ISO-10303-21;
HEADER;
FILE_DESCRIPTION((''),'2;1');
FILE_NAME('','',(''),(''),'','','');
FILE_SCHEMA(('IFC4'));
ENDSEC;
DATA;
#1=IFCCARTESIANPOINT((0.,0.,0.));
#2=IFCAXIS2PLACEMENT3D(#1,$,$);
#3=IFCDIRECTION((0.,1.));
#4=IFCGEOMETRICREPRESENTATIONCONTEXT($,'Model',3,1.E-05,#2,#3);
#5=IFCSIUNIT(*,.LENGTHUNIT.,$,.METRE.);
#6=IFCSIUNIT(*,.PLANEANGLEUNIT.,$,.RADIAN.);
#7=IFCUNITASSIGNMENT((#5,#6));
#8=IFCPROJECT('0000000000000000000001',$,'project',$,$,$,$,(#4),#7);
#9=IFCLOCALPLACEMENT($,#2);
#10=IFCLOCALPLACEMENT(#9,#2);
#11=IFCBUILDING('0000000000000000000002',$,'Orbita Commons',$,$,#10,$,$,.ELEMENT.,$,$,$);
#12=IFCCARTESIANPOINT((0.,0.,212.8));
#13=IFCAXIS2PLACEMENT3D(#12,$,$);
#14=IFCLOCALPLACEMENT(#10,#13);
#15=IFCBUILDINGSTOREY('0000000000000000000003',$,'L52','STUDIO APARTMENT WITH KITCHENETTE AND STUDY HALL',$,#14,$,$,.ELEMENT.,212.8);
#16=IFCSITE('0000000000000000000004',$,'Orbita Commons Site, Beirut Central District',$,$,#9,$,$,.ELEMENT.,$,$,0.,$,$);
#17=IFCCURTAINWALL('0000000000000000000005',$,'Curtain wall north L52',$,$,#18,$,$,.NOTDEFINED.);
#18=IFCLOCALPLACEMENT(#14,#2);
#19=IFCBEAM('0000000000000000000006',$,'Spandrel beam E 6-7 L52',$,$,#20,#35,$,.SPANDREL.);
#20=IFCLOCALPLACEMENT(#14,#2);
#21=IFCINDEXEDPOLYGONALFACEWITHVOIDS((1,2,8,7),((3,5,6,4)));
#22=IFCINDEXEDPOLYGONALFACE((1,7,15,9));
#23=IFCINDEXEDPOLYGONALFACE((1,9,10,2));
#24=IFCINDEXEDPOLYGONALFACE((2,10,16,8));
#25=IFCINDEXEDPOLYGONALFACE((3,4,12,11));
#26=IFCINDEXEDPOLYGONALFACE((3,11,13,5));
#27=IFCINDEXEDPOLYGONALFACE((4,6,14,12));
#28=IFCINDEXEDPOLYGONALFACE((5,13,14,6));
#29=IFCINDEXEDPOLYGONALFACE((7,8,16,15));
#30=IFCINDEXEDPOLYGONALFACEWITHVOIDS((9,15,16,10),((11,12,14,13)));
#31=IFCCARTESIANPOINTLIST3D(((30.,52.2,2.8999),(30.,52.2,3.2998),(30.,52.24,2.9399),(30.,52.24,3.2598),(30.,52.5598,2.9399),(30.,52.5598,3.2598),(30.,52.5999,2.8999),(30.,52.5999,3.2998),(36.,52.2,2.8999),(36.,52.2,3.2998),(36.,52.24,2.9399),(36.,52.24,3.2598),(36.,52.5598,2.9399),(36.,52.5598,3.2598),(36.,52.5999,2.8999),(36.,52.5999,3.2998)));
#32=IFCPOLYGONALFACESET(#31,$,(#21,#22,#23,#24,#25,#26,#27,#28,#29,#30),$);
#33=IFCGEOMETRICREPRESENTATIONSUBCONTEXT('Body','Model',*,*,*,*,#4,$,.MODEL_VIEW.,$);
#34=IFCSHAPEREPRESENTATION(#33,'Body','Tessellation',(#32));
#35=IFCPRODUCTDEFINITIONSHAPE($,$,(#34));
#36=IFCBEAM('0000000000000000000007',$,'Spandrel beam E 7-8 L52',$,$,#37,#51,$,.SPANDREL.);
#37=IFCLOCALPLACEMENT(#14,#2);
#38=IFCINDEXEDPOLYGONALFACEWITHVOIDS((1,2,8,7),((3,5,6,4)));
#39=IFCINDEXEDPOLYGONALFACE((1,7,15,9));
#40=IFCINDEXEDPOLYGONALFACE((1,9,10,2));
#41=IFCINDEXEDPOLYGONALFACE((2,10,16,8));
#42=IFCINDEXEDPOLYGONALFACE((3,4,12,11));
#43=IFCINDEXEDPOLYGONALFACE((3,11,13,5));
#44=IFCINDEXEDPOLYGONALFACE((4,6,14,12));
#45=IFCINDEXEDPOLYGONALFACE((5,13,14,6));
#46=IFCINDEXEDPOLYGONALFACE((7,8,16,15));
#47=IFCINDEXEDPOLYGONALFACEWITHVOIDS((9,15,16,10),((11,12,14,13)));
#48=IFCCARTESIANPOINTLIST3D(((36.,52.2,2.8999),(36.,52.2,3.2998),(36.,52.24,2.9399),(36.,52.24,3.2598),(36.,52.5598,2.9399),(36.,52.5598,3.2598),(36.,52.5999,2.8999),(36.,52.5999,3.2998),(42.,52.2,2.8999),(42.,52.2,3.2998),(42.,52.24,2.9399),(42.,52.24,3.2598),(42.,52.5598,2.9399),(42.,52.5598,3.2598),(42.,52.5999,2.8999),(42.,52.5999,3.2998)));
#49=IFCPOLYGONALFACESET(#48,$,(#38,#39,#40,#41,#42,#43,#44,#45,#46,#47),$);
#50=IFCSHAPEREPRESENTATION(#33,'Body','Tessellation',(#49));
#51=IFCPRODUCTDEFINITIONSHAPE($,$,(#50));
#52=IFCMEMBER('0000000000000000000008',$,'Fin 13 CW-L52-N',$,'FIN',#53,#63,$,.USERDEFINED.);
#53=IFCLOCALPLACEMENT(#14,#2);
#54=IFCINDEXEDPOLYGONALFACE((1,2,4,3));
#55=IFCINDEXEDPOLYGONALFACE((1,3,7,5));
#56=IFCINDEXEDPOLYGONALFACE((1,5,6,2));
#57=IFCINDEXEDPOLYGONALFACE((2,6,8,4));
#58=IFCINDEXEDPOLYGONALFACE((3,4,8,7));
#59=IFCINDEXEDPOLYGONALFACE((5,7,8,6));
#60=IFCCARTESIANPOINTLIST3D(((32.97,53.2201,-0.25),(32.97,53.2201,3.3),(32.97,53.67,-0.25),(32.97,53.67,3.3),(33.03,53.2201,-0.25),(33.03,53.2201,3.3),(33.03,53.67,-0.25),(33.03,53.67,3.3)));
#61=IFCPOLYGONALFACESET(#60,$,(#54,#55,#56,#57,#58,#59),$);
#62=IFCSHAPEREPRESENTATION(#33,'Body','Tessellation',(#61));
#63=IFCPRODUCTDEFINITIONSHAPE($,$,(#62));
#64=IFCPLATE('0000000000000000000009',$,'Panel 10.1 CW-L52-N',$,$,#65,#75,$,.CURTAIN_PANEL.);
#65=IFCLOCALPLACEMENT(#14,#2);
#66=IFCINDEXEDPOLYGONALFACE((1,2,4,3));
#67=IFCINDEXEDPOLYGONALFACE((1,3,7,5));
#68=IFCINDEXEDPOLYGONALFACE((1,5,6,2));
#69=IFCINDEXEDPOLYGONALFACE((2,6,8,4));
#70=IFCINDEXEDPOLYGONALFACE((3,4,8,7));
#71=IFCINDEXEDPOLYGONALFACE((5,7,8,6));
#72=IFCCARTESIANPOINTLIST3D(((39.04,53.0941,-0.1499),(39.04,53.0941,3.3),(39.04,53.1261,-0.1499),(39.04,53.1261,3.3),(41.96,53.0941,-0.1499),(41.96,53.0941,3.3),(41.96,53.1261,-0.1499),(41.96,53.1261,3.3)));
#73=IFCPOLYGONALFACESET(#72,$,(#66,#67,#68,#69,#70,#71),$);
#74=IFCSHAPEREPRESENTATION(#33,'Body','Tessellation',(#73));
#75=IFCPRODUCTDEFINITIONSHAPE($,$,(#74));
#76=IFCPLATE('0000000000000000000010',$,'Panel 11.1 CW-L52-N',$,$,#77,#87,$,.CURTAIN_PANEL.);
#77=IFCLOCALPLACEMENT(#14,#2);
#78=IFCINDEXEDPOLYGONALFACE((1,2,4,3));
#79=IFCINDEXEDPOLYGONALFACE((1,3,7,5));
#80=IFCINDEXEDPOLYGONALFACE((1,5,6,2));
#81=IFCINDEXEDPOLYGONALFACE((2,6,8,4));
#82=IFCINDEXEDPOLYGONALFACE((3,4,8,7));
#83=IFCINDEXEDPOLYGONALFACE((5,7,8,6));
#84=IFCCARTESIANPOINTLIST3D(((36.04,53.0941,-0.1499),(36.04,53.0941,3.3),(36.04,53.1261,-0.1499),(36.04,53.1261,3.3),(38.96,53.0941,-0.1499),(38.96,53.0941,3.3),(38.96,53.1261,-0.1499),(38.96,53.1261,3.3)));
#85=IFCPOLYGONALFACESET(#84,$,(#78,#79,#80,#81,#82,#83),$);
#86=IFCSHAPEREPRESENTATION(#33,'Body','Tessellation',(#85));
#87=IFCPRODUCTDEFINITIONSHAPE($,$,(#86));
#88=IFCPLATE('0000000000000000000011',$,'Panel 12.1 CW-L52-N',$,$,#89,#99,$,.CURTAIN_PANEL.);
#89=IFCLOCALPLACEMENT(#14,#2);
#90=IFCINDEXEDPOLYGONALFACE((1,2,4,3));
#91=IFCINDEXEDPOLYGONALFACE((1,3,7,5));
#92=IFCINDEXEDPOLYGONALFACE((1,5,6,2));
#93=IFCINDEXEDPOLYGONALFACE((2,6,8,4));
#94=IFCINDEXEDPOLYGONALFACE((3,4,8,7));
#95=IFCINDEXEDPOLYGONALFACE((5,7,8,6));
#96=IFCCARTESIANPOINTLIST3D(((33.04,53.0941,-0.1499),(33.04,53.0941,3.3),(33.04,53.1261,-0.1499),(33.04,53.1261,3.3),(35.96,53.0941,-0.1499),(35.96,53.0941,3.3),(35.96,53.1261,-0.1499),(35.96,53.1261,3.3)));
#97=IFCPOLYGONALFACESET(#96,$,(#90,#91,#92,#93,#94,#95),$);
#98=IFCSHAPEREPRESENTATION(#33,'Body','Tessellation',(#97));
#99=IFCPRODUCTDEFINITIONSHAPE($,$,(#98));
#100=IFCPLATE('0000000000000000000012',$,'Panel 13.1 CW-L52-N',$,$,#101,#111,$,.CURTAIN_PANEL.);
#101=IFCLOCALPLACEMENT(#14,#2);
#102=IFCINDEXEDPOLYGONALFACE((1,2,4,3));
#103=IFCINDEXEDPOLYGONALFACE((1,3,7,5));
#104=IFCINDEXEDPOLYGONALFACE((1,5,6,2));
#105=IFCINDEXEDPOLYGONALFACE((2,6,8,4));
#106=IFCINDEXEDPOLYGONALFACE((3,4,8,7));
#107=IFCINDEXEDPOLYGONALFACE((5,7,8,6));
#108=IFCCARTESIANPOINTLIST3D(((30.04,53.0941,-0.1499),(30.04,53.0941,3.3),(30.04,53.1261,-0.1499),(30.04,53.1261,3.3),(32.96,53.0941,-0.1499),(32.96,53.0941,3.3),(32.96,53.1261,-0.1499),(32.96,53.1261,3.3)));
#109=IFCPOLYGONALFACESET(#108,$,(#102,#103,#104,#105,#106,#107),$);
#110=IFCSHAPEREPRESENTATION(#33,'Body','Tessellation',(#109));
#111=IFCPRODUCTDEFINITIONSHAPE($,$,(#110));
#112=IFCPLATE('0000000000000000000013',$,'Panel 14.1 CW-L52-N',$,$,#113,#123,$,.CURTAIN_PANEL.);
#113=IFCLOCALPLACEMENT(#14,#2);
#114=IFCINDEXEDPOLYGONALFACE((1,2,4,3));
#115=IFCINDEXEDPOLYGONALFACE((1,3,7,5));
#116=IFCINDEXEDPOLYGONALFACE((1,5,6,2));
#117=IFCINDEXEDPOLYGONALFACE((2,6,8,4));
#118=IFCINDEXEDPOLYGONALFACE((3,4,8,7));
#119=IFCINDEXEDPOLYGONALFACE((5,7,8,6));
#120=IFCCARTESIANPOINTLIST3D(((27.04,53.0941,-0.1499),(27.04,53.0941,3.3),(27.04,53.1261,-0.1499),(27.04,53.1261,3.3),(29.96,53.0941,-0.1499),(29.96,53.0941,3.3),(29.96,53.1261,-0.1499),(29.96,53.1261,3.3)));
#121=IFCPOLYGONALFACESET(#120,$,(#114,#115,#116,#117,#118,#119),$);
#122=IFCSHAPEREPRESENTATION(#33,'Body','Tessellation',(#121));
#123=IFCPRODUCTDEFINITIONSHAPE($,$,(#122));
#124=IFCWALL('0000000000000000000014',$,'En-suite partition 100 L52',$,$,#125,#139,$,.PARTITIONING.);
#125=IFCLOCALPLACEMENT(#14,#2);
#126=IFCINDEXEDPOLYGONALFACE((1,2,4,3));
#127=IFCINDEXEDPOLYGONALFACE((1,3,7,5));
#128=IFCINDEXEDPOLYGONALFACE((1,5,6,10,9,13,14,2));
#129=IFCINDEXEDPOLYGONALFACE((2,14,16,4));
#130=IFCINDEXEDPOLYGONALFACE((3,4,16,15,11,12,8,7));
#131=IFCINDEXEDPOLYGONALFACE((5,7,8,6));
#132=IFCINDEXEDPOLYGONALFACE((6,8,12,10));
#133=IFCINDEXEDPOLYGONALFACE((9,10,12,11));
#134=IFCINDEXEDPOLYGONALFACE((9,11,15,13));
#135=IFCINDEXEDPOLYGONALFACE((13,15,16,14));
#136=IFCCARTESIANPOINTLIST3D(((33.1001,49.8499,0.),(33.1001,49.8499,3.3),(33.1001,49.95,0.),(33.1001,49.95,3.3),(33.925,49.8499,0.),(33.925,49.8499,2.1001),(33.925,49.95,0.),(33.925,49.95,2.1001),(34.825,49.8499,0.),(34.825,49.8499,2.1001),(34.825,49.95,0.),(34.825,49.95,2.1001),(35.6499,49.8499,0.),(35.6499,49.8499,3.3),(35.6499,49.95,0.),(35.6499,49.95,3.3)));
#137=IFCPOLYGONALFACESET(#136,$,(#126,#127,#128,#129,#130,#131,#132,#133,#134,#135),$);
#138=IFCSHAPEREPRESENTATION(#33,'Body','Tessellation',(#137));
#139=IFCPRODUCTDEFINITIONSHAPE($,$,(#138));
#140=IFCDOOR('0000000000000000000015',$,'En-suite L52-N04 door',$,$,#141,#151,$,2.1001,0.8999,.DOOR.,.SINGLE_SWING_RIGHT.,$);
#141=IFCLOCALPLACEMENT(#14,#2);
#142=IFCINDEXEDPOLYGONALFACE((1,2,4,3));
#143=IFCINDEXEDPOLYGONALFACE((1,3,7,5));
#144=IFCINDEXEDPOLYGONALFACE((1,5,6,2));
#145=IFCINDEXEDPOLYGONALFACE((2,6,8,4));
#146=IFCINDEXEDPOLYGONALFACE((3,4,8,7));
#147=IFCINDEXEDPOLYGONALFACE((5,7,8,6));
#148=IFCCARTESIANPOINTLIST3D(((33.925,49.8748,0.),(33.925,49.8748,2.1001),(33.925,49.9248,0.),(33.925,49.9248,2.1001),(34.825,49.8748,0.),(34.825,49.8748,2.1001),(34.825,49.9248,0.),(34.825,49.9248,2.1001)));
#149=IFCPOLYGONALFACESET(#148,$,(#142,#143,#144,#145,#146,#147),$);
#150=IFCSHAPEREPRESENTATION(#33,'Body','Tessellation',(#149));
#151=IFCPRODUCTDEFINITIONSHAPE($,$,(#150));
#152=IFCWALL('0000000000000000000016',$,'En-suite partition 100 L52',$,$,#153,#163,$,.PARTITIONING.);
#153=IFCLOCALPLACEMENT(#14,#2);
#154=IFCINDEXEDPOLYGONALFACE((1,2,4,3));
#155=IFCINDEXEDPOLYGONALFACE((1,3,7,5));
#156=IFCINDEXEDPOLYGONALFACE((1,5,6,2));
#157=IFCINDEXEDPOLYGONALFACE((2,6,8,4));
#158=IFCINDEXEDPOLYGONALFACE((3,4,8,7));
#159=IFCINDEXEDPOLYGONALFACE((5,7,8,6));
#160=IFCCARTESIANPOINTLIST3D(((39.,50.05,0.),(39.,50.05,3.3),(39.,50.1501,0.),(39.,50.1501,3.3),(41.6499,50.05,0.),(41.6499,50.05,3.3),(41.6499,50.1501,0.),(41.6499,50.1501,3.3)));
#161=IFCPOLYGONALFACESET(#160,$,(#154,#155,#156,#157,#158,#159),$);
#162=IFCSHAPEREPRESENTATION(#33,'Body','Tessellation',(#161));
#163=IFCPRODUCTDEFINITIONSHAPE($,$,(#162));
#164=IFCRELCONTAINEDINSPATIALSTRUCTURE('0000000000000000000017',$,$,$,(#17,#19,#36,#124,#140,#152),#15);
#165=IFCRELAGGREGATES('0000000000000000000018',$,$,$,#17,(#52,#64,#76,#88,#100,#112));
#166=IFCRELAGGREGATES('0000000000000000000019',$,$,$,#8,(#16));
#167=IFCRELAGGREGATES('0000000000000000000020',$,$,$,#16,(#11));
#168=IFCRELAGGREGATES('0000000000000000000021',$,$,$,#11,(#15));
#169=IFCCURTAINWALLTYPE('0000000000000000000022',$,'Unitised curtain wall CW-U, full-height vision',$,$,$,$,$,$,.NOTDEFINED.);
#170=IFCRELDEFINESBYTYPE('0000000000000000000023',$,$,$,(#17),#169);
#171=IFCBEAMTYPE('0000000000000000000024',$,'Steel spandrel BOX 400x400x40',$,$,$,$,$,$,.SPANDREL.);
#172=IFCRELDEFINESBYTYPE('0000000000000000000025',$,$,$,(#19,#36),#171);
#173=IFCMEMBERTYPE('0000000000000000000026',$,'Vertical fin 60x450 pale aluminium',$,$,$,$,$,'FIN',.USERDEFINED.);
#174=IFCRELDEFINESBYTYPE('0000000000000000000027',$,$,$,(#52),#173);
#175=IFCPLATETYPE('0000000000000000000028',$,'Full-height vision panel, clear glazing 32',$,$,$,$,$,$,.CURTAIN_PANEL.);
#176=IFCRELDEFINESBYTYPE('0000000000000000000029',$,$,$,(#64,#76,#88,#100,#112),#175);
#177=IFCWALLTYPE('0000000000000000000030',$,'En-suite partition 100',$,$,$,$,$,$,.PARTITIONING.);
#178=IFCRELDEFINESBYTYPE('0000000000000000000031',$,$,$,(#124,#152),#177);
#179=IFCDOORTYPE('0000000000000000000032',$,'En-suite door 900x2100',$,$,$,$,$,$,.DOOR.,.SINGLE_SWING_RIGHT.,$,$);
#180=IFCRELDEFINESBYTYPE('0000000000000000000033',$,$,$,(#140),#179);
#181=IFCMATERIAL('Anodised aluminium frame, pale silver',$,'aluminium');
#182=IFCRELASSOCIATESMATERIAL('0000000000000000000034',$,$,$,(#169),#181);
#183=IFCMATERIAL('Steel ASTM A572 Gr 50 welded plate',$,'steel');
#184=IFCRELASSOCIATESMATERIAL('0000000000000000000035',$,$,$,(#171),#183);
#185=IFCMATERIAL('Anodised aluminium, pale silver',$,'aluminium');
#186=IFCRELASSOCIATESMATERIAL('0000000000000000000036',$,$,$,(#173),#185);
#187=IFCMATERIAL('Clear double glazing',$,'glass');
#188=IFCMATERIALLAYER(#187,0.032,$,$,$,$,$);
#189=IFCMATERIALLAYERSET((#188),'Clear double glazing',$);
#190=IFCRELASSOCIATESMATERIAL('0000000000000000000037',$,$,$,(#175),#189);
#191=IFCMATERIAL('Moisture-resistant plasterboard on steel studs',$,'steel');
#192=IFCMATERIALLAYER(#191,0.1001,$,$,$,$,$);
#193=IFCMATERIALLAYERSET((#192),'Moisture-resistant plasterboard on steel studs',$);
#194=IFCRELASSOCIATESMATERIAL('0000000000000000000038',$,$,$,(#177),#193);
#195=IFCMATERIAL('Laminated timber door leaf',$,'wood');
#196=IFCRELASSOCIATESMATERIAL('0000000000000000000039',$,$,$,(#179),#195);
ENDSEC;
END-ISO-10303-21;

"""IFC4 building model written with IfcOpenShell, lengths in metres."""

from ifc_helpers import new_model, si_unit, direction, frame, frame_2d, origin, origin_2d, place, context, subcontext, project, spatial, rectangle, hollow_rectangle, extrude, material, layer, layer_set, material_profile, profile_set, type_object, element, fill, aggregate, save


model = new_model("IFC4")

# Units and contexts
model_context = context("Model", 3, precision=1e-05, world=origin(), true_north=direction((0.0, 1.0)))
body_context = subcontext(model_context, "Body", "Model", "MODEL_VIEW")
ifc_project = project(units=[si_unit("LENGTHUNIT", "METRE"), si_unit("PLANEANGLEUNIT", "RADIAN")], contexts=[model_context])

# Site, building, storey
site_placement = place(None, origin())
site = spatial("IfcSite", under=ifc_project, at=site_placement, Name="Orbita Commons Site, Beirut Central District", CompositionType="ELEMENT", RefElevation=0.0)
building_placement = place(site_placement, origin())
building = spatial("IfcBuilding", under=site, at=building_placement, Name="Orbita Commons", CompositionType="ELEMENT")
storey_placement = place(building_placement, frame((0.0, 0.0, 212.8)))
storey = spatial("IfcBuildingStorey", under=building, at=storey_placement, Name="L52", Description="STUDIO APARTMENT WITH KITCHENETTE AND STUDY HALL", CompositionType="ELEMENT", Elevation=212.8)

# Curtain wall
ifc_material_1 = material(Name="Anodised aluminium frame, pale silver", Category="aluminium")
curtain_wall_type = type_object("IfcCurtainWallType", Name="Unitised curtain wall CW-U, full-height vision", PredefinedType="NOTDEFINED", material=ifc_material_1)
curtain_wall_placement = place(storey_placement, origin())
curtain_wall = element("IfcCurtainWall", 1, at=curtain_wall_placement, inside=storey, type_object=curtain_wall_type, Name="Curtain wall north L52", PredefinedType="NOTDEFINED")

# Beams
ifc_material_2 = material(Name="Steel ASTM A572 Gr 50 welded plate", Category="steel")
ifc_material_profile_1 = material_profile(ifc_material_2, hollow_rectangle(XDim=0.3999, YDim=0.3999, WallThickness=0.04, at=origin_2d()), Name="BOX 400x400x40")
ifc_profile_set_1 = profile_set([ifc_material_profile_1], Name="Steel ASTM A572 Gr 50 welded plate")
beam_type = type_object("IfcBeamType", Name="Steel spandrel BOX 400x400x40", PredefinedType="SPANDREL", material=ifc_profile_set_1)
for number, where, z_axis, x_axis, name in (
    (2, (30.0, 52.3999, 3.0999), (1.0, 0.0, 0.0), (0.0, 1.0, 0.0), "Spandrel beam E 6-7 L52"),
    (3, (36.0, 52.3999, 3.0999), (1.0, 0.0, 0.0), (0.0, 1.0, 0.0), "Spandrel beam E 7-8 L52"),
):
    element("IfcBeam", number, at=place(storey_placement, frame(where, z_axis=z_axis, x_axis=x_axis)), inside=storey, type_object=beam_type, Name=name, PredefinedType="SPANDREL", context=body_context, shape_type="SweptSolid", body=[
        extrude(hollow_rectangle(XDim=0.3999, YDim=0.3999, WallThickness=0.04, at=origin_2d()), origin(), (0.0, 0.0, 1.0), 6.0),
    ])

# Member
ifc_material_3 = material(Name="Anodised aluminium, pale silver", Category="aluminium")
ifc_material_profile_2 = material_profile(ifc_material_3, rectangle(XDim=0.0601, YDim=0.45, at=origin_2d()), Name="FIN 60x450")
ifc_profile_set_2 = profile_set([ifc_material_profile_2], Name="Anodised aluminium, pale silver")
member_type_1 = type_object("IfcMemberType", Name="Vertical fin 60x450 pale aluminium", ElementType="FIN", PredefinedType="USERDEFINED", material=ifc_profile_set_2)
member_1_placement = place(storey_placement, frame((33.0, 53.4451, -0.25), z_axis=(0.0, 0.0, 1.0), x_axis=(-1.0, 0.0, 0.0)))
member_1 = element("IfcMember", 4, at=member_1_placement, type_object=member_type_1, Name="Fin 13 CW-L52-N", ObjectType="FIN", PredefinedType="USERDEFINED", context=body_context, shape_type="SweptSolid", body=[
    extrude(rectangle(XDim=0.0601, YDim=0.45, at=origin_2d()), origin(), (0.0, 0.0, 1.0), 3.55),
])

# Plates
ifc_material_4 = material(Name="Clear double glazing", Category="glass")
ifc_layer_1 = layer(ifc_material_4, 0.032)
ifc_layer_set_1 = layer_set([ifc_layer_1], Name="Clear double glazing")
plate_type = type_object("IfcPlateType", Name="Full-height vision panel, clear glazing 32", PredefinedType="CURTAIN_PANEL", material=ifc_layer_set_1)
plate_1_placement = place(storey_placement, frame((40.5, 53.1101, -0.1499), z_axis=(0.0, 0.0, 1.0), x_axis=(-1.0, 0.0, 0.0)))
plate_1 = element("IfcPlate", 5, at=plate_1_placement, type_object=plate_type, Name="Panel 10.1 CW-L52-N", PredefinedType="CURTAIN_PANEL", context=body_context, shape_type="SweptSolid", body=[
    extrude(rectangle(XDim=2.9199, YDim=0.032, at=origin_2d()), origin(), (0.0, 0.0, 1.0), 3.45),
])
plate_2_placement = place(storey_placement, frame((37.5, 53.1101, -0.1499), z_axis=(0.0, 0.0, 1.0), x_axis=(-1.0, 0.0, 0.0)))
plate_2 = element("IfcPlate", 6, at=plate_2_placement, type_object=plate_type, Name="Panel 11.1 CW-L52-N", PredefinedType="CURTAIN_PANEL", context=body_context, shape_type="SweptSolid", body=[
    extrude(rectangle(XDim=2.9199, YDim=0.032, at=origin_2d()), origin(), (0.0, 0.0, 1.0), 3.45),
])
plate_3_placement = place(storey_placement, frame((34.5, 53.1101, -0.1499), z_axis=(0.0, 0.0, 1.0), x_axis=(-1.0, 0.0, 0.0)))
plate_3 = element("IfcPlate", 7, at=plate_3_placement, type_object=plate_type, Name="Panel 12.1 CW-L52-N", PredefinedType="CURTAIN_PANEL", context=body_context, shape_type="SweptSolid", body=[
    extrude(rectangle(XDim=2.9199, YDim=0.032, at=origin_2d()), origin(), (0.0, 0.0, 1.0), 3.45),
])
plate_4_placement = place(storey_placement, frame((31.5, 53.1101, -0.1499), z_axis=(0.0, 0.0, 1.0), x_axis=(-1.0, 0.0, 0.0)))
plate_4 = element("IfcPlate", 8, at=plate_4_placement, type_object=plate_type, Name="Panel 13.1 CW-L52-N", PredefinedType="CURTAIN_PANEL", context=body_context, shape_type="SweptSolid", body=[
    extrude(rectangle(XDim=2.9199, YDim=0.032, at=origin_2d()), origin(), (0.0, 0.0, 1.0), 3.45),
])
plate_5_placement = place(storey_placement, frame((28.5, 53.1101, -0.1499), z_axis=(0.0, 0.0, 1.0), x_axis=(-1.0, 0.0, 0.0)))
plate_5 = element("IfcPlate", 9, at=plate_5_placement, type_object=plate_type, Name="Panel 14.1 CW-L52-N", PredefinedType="CURTAIN_PANEL", context=body_context, shape_type="SweptSolid", body=[
    extrude(rectangle(XDim=2.9199, YDim=0.032, at=origin_2d()), origin(), (0.0, 0.0, 1.0), 3.45),
])
aggregate(curtain_wall, [member_1, plate_1, plate_2, plate_3, plate_4, plate_5])

# Wall, opening, door
ifc_material_5 = material(Name="Moisture-resistant plasterboard on steel studs", Category="steel")
ifc_layer_2 = layer(ifc_material_5, 0.1001)
ifc_layer_set_2 = layer_set([ifc_layer_2], Name="Moisture-resistant plasterboard on steel studs")
wall_type_1 = type_object("IfcWallType", Name="En-suite partition 100", PredefinedType="PARTITIONING", material=ifc_layer_set_2)
wall_1_placement = place(storey_placement, frame((33.1001, 49.8999, 0.0), z_axis=(0.0, 0.0, 1.0), x_axis=(1.0, 0.0, 0.0)))
wall_1 = element("IfcWall", 10, at=wall_1_placement, inside=storey, type_object=wall_type_1, Name="En-suite partition 100 L52", PredefinedType="PARTITIONING", context=body_context, shape_type="SweptSolid", body=[
    extrude(rectangle(XDim=2.5498, YDim=0.1001, at=frame_2d((1.2749, 0.0))), origin(), (0.0, 0.0, 1.0), 3.3),
])
opening_1_placement = place(wall_1_placement, frame((0.825, 0.0, 0.0)))
opening_1 = element("IfcOpeningElement", 11, at=opening_1_placement, cuts=wall_1, PredefinedType="OPENING", context=body_context, shape_type="SweptSolid", body=[
    extrude(rectangle(XDim=0.8999, YDim=2.1001, at=frame_2d((0.45, 1.05))), frame((0.0, 0.0601, 0.0), z_axis=(0.0, -1.0, 0.0), x_axis=(1.0, 0.0, 0.0)), (0.0, 0.0, 1.0), 0.1201),
])
ifc_material_6 = material(Name="Laminated timber door leaf", Category="wood")
door_type_1 = type_object("IfcDoorType", Name="En-suite door 900x2100", OperationType="SINGLE_SWING_RIGHT", PredefinedType="DOOR", material=ifc_material_6)
door_1_placement = place(opening_1_placement, origin())
door_1 = element("IfcDoor", 12, at=door_1_placement, inside=storey, type_object=door_type_1, Name="En-suite L52-N04 door", OperationType="SINGLE_SWING_RIGHT", OverallHeight=2.1001, OverallWidth=0.8999, PredefinedType="DOOR", context=body_context, shape_type="SweptSolid", body=[
    extrude(rectangle(XDim=0.8999, YDim=2.1001, at=frame_2d((0.45, 1.05))), frame((0.0, 0.0249, 0.0), z_axis=(0.0, -1.0, 0.0), x_axis=(1.0, 0.0, 0.0)), (0.0, 0.0, 1.0), 0.05),
])
fill(opening_1, door_1)

# Wall
wall_2_placement = place(storey_placement, frame((39.0, 50.1001, 0.0), z_axis=(0.0, 0.0, 1.0), x_axis=(1.0, 0.0, 0.0)))
element("IfcWall", 13, at=wall_2_placement, inside=storey, type_object=wall_type_1, Name="En-suite partition 100 L52", PredefinedType="PARTITIONING", context=body_context, shape_type="SweptSolid", body=[
    extrude(rectangle(XDim=2.6499, YDim=0.1001, at=frame_2d((1.325, 0.0))), origin(), (0.0, 0.0, 1.0), 3.3),
])

save(model, "model.ifc")
